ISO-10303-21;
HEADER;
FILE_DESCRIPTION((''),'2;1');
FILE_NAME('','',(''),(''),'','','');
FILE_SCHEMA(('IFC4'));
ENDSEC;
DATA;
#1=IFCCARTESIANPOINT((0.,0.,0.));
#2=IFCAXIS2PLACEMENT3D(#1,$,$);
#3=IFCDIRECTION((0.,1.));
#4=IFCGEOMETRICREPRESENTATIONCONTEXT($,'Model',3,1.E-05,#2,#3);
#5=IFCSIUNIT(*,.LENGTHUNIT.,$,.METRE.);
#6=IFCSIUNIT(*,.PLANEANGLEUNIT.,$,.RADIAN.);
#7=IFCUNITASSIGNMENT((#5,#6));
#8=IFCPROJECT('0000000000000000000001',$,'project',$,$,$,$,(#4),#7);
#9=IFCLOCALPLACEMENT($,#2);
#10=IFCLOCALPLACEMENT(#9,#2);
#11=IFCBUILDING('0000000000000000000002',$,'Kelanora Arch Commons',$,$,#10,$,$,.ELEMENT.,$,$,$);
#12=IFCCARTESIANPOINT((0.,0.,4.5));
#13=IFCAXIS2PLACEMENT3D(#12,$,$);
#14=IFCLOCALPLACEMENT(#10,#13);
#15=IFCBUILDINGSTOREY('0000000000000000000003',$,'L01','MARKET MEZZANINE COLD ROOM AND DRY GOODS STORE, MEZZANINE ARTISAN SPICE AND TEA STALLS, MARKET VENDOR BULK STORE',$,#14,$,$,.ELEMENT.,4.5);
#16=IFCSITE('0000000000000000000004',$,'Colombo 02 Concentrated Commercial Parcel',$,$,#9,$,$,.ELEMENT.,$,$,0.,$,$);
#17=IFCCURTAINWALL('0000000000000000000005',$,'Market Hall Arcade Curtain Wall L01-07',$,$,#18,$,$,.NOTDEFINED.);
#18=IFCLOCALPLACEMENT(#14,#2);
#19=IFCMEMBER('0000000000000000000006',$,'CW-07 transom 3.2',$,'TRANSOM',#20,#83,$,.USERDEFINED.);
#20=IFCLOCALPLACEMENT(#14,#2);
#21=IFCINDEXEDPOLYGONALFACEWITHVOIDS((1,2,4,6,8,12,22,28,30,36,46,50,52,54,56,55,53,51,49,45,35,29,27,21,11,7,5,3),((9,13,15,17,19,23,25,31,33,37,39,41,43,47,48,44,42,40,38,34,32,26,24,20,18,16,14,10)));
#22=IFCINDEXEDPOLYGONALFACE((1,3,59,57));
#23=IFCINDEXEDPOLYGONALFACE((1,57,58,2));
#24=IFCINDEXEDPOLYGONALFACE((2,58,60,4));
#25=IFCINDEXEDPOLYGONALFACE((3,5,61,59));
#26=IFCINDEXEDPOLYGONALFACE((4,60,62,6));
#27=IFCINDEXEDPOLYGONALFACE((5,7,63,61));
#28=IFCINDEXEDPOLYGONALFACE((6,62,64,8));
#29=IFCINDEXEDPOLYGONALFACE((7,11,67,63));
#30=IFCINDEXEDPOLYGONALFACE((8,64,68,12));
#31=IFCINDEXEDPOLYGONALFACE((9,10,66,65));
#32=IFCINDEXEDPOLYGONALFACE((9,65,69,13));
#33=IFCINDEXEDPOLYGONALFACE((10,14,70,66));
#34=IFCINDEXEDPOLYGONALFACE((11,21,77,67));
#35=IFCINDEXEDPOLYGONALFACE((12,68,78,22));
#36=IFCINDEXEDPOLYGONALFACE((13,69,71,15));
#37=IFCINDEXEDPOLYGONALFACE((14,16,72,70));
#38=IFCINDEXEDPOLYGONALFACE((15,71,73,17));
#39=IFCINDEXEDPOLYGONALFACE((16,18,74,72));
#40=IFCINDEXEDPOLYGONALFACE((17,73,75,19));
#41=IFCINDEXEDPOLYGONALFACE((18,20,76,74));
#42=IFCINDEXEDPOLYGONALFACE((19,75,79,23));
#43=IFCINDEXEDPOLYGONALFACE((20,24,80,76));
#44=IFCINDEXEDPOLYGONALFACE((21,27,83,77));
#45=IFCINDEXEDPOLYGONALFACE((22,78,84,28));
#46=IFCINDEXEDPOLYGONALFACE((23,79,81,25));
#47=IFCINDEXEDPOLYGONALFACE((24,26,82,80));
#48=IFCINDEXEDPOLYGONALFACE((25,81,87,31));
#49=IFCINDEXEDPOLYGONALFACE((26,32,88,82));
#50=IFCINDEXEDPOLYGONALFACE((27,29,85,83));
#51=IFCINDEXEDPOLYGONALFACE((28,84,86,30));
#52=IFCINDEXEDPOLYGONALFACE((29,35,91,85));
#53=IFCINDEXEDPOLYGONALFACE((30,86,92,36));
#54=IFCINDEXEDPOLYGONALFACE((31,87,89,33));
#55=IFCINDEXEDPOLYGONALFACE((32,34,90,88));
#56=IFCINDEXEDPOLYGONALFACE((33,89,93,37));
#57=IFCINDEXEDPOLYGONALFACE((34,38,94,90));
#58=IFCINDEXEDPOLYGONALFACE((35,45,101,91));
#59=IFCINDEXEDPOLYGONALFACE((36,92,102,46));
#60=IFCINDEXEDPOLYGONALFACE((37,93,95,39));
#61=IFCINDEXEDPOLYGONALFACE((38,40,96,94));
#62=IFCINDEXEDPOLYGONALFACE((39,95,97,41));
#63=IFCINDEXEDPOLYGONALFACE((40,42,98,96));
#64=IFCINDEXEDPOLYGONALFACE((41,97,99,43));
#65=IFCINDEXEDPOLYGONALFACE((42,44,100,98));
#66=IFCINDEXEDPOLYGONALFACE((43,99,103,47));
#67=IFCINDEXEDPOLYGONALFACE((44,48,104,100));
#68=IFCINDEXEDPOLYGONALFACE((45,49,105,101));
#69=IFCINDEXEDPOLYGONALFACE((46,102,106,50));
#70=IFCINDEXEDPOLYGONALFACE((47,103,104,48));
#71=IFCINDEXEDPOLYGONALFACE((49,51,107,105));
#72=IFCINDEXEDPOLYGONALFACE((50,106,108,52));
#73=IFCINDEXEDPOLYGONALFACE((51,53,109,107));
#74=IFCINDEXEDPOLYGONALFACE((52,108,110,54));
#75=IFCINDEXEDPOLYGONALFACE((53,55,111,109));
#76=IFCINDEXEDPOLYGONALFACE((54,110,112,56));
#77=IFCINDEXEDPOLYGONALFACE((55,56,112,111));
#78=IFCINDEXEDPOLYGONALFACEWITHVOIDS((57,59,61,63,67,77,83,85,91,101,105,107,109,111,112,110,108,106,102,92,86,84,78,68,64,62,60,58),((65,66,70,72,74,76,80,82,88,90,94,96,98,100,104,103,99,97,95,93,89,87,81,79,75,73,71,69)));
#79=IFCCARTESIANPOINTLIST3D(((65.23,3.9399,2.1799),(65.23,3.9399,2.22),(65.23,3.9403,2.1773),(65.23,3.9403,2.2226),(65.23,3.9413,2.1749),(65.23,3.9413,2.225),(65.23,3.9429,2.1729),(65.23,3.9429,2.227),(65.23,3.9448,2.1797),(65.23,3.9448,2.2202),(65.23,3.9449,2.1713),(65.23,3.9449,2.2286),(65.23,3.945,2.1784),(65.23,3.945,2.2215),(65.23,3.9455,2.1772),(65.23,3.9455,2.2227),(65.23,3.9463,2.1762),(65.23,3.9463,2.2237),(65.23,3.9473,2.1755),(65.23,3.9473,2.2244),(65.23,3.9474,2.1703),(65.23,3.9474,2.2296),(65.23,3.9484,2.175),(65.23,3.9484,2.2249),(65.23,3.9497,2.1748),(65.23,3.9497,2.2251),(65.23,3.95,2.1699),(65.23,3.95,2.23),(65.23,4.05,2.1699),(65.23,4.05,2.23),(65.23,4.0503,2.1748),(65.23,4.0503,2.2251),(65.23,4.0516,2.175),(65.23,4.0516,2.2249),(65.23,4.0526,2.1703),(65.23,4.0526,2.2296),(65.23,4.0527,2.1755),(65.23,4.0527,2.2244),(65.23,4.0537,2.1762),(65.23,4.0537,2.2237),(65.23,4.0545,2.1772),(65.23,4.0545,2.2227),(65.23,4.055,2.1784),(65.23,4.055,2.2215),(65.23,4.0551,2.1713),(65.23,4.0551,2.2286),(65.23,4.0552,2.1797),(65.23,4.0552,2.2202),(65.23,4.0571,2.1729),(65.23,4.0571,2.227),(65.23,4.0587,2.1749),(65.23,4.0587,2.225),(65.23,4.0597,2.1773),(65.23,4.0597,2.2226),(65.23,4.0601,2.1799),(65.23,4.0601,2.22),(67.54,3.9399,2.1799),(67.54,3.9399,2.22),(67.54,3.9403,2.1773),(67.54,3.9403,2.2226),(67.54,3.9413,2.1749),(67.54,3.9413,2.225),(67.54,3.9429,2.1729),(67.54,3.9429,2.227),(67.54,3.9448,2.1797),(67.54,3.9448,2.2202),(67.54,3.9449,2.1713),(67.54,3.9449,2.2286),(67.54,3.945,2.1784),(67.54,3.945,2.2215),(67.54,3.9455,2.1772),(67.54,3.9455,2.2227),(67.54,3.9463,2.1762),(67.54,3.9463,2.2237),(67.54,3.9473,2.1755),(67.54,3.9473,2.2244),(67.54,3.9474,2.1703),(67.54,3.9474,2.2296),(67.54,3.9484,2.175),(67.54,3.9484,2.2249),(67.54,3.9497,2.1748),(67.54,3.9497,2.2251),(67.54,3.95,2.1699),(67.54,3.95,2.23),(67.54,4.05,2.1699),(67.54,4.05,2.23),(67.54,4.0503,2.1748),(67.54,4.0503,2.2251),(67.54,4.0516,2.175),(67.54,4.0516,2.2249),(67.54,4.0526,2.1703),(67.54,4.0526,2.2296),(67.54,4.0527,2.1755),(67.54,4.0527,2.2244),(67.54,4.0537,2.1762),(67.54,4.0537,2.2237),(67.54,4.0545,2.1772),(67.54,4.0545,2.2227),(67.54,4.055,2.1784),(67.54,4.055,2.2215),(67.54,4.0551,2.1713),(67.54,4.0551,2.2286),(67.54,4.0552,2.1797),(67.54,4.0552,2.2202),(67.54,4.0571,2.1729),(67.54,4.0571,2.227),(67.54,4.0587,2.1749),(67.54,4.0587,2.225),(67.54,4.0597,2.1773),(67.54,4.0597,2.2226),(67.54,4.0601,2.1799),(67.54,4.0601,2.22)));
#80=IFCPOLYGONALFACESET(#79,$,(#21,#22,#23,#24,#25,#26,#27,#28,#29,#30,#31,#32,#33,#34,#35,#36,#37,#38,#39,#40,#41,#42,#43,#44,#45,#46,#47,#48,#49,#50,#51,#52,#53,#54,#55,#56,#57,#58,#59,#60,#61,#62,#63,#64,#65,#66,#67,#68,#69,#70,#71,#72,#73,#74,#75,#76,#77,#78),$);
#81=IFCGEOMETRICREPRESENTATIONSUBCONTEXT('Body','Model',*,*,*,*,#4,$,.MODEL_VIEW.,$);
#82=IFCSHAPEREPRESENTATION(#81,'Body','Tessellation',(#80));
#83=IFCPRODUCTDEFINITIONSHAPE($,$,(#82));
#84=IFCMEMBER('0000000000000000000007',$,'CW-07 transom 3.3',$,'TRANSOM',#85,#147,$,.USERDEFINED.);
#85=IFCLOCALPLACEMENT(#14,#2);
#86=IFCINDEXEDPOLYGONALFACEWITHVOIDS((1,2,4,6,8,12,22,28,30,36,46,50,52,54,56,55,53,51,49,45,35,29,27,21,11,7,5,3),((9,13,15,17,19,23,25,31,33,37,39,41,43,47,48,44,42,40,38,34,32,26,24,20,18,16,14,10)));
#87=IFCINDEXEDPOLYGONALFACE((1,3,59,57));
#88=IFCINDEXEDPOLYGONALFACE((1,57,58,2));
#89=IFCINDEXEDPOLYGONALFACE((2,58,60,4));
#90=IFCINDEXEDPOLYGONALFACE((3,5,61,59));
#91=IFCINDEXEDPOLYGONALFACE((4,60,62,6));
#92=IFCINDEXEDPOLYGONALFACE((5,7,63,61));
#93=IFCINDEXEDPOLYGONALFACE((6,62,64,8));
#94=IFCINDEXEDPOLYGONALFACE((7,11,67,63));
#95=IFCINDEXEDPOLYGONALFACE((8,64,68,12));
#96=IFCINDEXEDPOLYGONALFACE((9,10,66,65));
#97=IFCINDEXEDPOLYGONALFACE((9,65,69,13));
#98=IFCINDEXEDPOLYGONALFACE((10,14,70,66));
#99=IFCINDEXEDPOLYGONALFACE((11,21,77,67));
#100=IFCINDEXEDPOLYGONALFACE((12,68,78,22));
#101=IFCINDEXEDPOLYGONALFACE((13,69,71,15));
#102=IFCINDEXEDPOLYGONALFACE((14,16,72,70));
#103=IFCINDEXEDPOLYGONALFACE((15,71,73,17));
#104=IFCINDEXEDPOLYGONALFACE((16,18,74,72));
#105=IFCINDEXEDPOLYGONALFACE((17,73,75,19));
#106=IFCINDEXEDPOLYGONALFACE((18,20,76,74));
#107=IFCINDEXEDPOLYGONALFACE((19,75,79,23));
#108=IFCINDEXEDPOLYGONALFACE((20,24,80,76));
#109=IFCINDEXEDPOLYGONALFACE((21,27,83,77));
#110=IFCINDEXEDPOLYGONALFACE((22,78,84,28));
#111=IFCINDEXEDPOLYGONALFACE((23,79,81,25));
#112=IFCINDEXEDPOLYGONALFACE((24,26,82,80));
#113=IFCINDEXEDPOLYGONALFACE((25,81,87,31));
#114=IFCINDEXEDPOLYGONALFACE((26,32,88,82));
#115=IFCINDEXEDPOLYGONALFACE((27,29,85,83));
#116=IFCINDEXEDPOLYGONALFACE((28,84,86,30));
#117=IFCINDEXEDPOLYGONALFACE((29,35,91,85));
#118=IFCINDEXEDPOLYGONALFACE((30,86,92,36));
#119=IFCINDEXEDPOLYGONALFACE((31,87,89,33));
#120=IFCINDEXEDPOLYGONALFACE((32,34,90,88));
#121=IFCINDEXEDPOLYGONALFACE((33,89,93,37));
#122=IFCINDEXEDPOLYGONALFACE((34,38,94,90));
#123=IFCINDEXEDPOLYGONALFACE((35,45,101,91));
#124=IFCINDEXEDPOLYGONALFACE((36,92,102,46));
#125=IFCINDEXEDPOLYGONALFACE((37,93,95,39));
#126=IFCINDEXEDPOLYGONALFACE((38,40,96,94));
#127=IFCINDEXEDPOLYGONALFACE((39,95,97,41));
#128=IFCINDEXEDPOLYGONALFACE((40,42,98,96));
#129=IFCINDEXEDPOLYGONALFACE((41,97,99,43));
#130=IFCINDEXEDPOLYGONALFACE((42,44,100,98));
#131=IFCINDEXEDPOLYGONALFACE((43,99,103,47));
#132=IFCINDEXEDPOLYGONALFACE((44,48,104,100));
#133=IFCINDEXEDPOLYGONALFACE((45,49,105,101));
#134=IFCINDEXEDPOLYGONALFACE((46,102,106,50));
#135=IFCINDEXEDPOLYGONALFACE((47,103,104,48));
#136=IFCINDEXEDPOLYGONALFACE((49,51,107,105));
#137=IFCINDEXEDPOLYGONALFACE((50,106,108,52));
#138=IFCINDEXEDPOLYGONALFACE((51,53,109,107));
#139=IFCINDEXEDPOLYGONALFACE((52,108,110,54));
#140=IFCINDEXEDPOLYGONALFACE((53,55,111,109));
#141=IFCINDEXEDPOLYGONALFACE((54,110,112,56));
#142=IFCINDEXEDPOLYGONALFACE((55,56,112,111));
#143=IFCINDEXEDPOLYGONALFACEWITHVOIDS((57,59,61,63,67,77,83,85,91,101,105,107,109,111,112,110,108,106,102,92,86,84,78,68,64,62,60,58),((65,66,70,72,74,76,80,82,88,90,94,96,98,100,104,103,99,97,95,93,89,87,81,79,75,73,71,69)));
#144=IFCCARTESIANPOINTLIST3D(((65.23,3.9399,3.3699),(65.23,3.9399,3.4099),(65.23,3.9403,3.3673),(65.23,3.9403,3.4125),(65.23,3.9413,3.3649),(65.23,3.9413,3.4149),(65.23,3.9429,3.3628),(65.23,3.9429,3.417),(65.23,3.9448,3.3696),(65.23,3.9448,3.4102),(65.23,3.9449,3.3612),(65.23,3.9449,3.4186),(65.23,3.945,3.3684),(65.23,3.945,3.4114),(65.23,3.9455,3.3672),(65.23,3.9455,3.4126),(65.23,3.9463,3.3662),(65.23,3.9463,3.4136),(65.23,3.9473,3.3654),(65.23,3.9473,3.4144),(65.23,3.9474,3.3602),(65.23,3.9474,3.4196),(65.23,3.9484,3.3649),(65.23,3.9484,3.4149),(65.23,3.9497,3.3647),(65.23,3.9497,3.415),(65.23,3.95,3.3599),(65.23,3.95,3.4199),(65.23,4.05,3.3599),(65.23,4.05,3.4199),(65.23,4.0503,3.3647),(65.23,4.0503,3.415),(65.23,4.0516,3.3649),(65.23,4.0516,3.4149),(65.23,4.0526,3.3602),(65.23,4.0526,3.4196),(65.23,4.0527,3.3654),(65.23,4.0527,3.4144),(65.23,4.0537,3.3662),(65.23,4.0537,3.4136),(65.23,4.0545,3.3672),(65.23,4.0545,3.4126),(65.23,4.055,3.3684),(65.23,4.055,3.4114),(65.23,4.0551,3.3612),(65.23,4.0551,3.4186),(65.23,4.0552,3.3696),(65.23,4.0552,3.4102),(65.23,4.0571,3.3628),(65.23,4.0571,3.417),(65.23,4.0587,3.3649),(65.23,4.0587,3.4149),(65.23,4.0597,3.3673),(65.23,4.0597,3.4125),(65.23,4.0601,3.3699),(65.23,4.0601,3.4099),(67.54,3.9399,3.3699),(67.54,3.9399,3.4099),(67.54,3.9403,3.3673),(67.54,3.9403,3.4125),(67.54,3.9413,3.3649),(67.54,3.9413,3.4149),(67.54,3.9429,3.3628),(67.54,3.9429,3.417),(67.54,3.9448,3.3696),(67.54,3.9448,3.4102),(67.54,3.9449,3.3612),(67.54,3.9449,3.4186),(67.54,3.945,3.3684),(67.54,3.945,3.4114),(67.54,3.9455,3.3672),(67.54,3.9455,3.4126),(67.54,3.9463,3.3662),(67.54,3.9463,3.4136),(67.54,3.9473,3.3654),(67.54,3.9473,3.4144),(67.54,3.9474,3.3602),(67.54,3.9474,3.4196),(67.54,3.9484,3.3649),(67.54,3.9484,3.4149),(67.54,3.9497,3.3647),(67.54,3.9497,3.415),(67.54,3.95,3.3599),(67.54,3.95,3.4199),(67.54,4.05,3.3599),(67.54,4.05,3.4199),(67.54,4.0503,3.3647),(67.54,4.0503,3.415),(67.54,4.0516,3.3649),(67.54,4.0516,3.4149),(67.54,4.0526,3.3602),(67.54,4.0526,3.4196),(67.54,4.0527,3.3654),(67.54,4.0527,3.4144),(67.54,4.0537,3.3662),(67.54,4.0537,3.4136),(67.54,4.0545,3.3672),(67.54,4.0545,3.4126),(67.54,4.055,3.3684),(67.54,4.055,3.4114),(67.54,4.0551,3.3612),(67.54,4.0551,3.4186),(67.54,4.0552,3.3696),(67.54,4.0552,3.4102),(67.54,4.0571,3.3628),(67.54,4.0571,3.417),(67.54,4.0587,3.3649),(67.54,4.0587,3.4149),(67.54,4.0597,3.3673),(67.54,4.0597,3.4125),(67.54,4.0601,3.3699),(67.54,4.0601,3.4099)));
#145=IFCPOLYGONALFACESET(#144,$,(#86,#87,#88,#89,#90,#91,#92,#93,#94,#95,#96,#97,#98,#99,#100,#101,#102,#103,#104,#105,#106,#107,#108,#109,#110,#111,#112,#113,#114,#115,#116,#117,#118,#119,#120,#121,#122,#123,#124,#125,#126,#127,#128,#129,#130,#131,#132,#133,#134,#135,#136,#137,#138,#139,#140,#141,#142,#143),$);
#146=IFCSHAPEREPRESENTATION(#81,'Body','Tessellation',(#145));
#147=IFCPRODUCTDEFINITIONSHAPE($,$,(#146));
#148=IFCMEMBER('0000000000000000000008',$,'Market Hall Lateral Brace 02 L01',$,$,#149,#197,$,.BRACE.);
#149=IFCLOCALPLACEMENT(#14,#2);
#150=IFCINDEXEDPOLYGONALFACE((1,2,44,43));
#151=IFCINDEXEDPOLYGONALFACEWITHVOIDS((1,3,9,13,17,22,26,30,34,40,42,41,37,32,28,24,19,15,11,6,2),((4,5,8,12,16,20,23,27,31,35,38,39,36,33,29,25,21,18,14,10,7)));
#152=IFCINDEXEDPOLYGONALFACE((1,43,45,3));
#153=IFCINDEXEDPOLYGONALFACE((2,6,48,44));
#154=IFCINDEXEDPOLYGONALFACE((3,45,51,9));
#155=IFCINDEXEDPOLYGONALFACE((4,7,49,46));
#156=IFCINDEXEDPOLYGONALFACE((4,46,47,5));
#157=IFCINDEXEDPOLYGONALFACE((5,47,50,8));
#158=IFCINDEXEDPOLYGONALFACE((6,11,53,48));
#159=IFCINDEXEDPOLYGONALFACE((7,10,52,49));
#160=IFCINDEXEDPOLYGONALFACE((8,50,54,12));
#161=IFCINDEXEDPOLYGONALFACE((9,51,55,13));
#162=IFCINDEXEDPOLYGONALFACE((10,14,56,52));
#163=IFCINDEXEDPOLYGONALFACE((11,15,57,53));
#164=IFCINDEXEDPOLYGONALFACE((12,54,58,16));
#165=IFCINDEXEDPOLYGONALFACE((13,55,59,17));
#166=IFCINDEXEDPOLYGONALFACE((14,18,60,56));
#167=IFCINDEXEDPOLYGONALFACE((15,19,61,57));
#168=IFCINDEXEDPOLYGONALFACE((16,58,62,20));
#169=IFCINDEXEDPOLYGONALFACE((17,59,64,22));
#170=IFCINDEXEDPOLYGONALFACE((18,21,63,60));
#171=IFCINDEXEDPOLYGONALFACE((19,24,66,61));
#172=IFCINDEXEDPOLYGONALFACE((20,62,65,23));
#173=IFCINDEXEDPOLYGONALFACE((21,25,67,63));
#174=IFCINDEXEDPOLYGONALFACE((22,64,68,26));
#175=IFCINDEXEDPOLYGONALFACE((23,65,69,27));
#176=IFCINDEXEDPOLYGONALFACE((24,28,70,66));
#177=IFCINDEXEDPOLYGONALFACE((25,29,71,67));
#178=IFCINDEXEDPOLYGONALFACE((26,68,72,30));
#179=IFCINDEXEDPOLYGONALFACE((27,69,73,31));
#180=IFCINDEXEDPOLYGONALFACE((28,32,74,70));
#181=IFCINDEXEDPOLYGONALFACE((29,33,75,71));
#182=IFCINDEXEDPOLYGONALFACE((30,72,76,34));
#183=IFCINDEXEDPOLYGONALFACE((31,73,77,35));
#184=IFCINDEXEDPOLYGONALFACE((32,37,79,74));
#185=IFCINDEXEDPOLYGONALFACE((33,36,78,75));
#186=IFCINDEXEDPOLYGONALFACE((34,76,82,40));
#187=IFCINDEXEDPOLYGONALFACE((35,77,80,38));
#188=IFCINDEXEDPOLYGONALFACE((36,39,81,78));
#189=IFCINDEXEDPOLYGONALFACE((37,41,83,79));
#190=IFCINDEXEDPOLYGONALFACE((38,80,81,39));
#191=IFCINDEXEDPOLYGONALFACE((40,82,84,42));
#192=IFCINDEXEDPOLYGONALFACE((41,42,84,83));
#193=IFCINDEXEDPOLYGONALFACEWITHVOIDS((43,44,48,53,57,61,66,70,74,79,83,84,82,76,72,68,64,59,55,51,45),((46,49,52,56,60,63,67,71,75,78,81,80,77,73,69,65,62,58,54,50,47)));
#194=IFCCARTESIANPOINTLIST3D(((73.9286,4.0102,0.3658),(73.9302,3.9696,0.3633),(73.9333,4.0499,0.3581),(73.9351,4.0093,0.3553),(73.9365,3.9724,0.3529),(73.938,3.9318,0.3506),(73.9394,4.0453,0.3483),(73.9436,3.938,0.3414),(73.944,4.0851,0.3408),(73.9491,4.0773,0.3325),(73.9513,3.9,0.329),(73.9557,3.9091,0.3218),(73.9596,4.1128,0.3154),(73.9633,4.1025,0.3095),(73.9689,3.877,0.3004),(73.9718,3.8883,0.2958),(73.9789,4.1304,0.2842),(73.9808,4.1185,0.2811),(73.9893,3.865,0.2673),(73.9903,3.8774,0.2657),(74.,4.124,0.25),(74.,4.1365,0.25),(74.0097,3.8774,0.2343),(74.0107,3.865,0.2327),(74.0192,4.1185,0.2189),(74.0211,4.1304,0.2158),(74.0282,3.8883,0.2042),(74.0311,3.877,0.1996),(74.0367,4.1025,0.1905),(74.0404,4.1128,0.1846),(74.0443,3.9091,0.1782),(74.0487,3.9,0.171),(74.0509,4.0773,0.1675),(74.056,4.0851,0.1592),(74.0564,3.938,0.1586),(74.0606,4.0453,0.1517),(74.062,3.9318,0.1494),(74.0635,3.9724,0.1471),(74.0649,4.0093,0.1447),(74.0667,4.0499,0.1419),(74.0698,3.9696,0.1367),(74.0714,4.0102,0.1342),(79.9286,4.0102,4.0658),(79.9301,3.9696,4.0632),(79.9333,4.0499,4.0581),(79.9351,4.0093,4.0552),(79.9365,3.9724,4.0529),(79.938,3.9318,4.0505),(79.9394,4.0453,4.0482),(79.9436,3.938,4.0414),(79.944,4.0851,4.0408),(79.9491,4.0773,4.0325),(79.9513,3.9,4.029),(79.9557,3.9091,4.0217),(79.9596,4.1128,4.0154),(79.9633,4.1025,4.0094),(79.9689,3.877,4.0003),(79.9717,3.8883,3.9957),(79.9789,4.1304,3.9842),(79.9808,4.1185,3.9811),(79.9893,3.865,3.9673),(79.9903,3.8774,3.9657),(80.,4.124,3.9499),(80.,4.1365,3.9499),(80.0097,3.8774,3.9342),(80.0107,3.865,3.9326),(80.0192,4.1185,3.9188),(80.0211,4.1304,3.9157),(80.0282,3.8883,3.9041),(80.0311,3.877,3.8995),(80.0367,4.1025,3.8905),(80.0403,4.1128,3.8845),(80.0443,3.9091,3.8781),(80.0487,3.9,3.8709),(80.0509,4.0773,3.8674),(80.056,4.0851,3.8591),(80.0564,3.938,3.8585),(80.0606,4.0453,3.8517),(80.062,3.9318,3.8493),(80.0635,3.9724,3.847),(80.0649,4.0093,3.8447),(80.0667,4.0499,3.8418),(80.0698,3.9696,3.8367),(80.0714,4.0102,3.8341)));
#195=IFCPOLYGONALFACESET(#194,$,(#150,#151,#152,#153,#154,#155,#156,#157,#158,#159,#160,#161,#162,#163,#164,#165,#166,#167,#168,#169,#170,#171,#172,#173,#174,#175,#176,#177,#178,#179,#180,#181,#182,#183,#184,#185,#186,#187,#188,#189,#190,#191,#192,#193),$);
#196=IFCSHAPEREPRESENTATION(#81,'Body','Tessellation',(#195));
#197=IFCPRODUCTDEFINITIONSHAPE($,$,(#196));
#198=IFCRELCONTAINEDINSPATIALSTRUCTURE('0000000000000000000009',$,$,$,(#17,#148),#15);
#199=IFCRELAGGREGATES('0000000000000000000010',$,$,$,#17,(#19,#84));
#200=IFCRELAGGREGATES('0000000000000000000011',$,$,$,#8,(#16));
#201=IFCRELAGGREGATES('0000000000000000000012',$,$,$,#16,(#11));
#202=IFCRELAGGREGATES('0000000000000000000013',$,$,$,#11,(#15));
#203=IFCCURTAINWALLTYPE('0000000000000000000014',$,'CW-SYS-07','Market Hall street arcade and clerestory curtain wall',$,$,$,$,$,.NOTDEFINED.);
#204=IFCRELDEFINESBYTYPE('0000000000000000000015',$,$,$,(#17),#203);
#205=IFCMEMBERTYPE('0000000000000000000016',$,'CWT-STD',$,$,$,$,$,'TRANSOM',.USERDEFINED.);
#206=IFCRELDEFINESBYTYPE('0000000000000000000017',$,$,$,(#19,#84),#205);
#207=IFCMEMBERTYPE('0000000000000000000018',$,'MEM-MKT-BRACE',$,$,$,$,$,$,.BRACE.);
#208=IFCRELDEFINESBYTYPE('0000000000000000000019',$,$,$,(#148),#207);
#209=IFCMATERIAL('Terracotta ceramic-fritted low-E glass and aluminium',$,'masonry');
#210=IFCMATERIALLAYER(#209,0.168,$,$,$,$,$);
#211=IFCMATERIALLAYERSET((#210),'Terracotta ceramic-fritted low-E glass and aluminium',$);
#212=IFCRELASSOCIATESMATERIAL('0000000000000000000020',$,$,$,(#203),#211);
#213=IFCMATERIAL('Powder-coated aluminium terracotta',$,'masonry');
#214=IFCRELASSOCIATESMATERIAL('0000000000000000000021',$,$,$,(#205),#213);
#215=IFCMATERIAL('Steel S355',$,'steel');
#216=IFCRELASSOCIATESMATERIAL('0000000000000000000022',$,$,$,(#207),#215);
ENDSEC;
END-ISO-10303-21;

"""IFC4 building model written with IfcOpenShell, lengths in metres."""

from ifc_helpers import new_model, si_unit, direction, frame, origin, origin_2d, place, context, subcontext, project, spatial, hollow_rectangle, hollow_circle, extrude, material, layer, layer_set, material_profile, profile_set, type_object, element, aggregate, save


model = new_model("IFC4")

# Units and contexts
model_context = context("Model", 3, precision=1e-05, world=origin(), true_north=direction((0.0, 1.0)))
body_context = subcontext(model_context, "Body", "Model", "MODEL_VIEW")
ifc_project = project(units=[si_unit("LENGTHUNIT", "METRE"), si_unit("PLANEANGLEUNIT", "RADIAN")], contexts=[model_context])

# Site, building, storey
site_placement = place(None, origin())
site = spatial("IfcSite", under=ifc_project, at=site_placement, Name="Colombo 02 Concentrated Commercial Parcel", CompositionType="ELEMENT", RefElevation=0.0)
building_placement = place(site_placement, origin())
building = spatial("IfcBuilding", under=site, at=building_placement, Name="Kelanora Arch Commons", CompositionType="ELEMENT")
storey_placement = place(building_placement, frame((0.0, 0.0, 4.5)))
storey = spatial("IfcBuildingStorey", under=building, at=storey_placement, Name="L01", Description="MARKET MEZZANINE COLD ROOM AND DRY GOODS STORE, MEZZANINE ARTISAN SPICE AND TEA STALLS, MARKET VENDOR BULK STORE", CompositionType="ELEMENT", Elevation=4.5)

# Curtain wall, members
ifc_material_1 = material(Name="Terracotta ceramic-fritted low-E glass and aluminium", Category="masonry")
ifc_layer_1 = layer(ifc_material_1, 0.168)
ifc_layer_set_1 = layer_set([ifc_layer_1], Name="Terracotta ceramic-fritted low-E glass and aluminium")
curtain_wall_type = type_object("IfcCurtainWallType", Name="CW-SYS-07", Description="Market Hall street arcade and clerestory curtain wall", PredefinedType="NOTDEFINED", material=ifc_layer_set_1)
curtain_wall_placement = place(storey_placement, origin())
curtain_wall = element("IfcCurtainWall", 1, at=curtain_wall_placement, inside=storey, type_object=curtain_wall_type, Name="Market Hall Arcade Curtain Wall L01-07", PredefinedType="NOTDEFINED")
ifc_material_2 = material(Name="Powder-coated aluminium terracotta", Category="masonry")
ifc_material_profile_1 = material_profile(ifc_material_2, hollow_rectangle(XDim=0.1201, YDim=0.0601, WallThickness=0.0049, InnerFilletRadius=0.0049, OuterFilletRadius=0.01, at=origin_2d()), Name="CWT120x60")
ifc_profile_set_1 = profile_set([ifc_material_profile_1], Name="Powder-coated aluminium terracotta")
member_type_1 = type_object("IfcMemberType", Name="CWT-STD", ElementType="TRANSOM", PredefinedType="USERDEFINED", material=ifc_profile_set_1)
member_1_placement = place(storey_placement, frame((65.23, 4.0, 2.2), z_axis=(1.0, 0.0, 0.0), x_axis=(0.0, 1.0, 0.0)))
member_1 = element("IfcMember", 2, at=member_1_placement, type_object=member_type_1, Name="CW-07 transom 3.2", ObjectType="TRANSOM", PredefinedType="USERDEFINED", context=body_context, shape_type="SweptSolid", body=[
    extrude(hollow_rectangle(XDim=0.1201, YDim=0.0601, WallThickness=0.0049, InnerFilletRadius=0.0049, OuterFilletRadius=0.01, at=origin_2d()), origin(), (0.0, 0.0, 1.0), 2.3101),
])
member_2_placement = place(storey_placement, frame((65.23, 4.0, 3.3899), z_axis=(1.0, 0.0, 0.0), x_axis=(0.0, 1.0, 0.0)))
member_2 = element("IfcMember", 3, at=member_2_placement, type_object=member_type_1, Name="CW-07 transom 3.3", ObjectType="TRANSOM", PredefinedType="USERDEFINED", context=body_context, shape_type="SweptSolid", body=[
    extrude(hollow_rectangle(XDim=0.1201, YDim=0.0601, WallThickness=0.0049, InnerFilletRadius=0.0049, OuterFilletRadius=0.01, at=origin_2d()), origin(), (0.0, 0.0, 1.0), 2.3101),
])

# Member
ifc_material_3 = material(Name="Steel S355", Category="steel")
ifc_material_profile_2 = material_profile(ifc_material_3, hollow_circle(Radius=0.1365, WallThickness=0.0125, at=origin_2d()), Name="CHS273x12.5")
ifc_profile_set_2 = profile_set([ifc_material_profile_2], Name="Steel S355")
member_type_2 = type_object("IfcMemberType", Name="MEM-MKT-BRACE", PredefinedType="BRACE", material=ifc_profile_set_2)
member_3_placement = place(storey_placement, frame((74.0, 4.0, 0.25), z_axis=(0.851174, 0.0, 0.524884), x_axis=(0.0, 1.0, 0.0)))
element("IfcMember", 4, at=member_3_placement, inside=storey, type_object=member_type_2, Name="Market Hall Lateral Brace 02 L01", PredefinedType="BRACE", context=body_context, shape_type="SweptSolid", body=[
    extrude(hollow_circle(Radius=0.1365, WallThickness=0.0125, at=origin_2d()), origin(), (0.0, 0.0, 1.0), 7.0491),
])

aggregate(curtain_wall, [member_1, member_2])

save(model, "model.ifc")
